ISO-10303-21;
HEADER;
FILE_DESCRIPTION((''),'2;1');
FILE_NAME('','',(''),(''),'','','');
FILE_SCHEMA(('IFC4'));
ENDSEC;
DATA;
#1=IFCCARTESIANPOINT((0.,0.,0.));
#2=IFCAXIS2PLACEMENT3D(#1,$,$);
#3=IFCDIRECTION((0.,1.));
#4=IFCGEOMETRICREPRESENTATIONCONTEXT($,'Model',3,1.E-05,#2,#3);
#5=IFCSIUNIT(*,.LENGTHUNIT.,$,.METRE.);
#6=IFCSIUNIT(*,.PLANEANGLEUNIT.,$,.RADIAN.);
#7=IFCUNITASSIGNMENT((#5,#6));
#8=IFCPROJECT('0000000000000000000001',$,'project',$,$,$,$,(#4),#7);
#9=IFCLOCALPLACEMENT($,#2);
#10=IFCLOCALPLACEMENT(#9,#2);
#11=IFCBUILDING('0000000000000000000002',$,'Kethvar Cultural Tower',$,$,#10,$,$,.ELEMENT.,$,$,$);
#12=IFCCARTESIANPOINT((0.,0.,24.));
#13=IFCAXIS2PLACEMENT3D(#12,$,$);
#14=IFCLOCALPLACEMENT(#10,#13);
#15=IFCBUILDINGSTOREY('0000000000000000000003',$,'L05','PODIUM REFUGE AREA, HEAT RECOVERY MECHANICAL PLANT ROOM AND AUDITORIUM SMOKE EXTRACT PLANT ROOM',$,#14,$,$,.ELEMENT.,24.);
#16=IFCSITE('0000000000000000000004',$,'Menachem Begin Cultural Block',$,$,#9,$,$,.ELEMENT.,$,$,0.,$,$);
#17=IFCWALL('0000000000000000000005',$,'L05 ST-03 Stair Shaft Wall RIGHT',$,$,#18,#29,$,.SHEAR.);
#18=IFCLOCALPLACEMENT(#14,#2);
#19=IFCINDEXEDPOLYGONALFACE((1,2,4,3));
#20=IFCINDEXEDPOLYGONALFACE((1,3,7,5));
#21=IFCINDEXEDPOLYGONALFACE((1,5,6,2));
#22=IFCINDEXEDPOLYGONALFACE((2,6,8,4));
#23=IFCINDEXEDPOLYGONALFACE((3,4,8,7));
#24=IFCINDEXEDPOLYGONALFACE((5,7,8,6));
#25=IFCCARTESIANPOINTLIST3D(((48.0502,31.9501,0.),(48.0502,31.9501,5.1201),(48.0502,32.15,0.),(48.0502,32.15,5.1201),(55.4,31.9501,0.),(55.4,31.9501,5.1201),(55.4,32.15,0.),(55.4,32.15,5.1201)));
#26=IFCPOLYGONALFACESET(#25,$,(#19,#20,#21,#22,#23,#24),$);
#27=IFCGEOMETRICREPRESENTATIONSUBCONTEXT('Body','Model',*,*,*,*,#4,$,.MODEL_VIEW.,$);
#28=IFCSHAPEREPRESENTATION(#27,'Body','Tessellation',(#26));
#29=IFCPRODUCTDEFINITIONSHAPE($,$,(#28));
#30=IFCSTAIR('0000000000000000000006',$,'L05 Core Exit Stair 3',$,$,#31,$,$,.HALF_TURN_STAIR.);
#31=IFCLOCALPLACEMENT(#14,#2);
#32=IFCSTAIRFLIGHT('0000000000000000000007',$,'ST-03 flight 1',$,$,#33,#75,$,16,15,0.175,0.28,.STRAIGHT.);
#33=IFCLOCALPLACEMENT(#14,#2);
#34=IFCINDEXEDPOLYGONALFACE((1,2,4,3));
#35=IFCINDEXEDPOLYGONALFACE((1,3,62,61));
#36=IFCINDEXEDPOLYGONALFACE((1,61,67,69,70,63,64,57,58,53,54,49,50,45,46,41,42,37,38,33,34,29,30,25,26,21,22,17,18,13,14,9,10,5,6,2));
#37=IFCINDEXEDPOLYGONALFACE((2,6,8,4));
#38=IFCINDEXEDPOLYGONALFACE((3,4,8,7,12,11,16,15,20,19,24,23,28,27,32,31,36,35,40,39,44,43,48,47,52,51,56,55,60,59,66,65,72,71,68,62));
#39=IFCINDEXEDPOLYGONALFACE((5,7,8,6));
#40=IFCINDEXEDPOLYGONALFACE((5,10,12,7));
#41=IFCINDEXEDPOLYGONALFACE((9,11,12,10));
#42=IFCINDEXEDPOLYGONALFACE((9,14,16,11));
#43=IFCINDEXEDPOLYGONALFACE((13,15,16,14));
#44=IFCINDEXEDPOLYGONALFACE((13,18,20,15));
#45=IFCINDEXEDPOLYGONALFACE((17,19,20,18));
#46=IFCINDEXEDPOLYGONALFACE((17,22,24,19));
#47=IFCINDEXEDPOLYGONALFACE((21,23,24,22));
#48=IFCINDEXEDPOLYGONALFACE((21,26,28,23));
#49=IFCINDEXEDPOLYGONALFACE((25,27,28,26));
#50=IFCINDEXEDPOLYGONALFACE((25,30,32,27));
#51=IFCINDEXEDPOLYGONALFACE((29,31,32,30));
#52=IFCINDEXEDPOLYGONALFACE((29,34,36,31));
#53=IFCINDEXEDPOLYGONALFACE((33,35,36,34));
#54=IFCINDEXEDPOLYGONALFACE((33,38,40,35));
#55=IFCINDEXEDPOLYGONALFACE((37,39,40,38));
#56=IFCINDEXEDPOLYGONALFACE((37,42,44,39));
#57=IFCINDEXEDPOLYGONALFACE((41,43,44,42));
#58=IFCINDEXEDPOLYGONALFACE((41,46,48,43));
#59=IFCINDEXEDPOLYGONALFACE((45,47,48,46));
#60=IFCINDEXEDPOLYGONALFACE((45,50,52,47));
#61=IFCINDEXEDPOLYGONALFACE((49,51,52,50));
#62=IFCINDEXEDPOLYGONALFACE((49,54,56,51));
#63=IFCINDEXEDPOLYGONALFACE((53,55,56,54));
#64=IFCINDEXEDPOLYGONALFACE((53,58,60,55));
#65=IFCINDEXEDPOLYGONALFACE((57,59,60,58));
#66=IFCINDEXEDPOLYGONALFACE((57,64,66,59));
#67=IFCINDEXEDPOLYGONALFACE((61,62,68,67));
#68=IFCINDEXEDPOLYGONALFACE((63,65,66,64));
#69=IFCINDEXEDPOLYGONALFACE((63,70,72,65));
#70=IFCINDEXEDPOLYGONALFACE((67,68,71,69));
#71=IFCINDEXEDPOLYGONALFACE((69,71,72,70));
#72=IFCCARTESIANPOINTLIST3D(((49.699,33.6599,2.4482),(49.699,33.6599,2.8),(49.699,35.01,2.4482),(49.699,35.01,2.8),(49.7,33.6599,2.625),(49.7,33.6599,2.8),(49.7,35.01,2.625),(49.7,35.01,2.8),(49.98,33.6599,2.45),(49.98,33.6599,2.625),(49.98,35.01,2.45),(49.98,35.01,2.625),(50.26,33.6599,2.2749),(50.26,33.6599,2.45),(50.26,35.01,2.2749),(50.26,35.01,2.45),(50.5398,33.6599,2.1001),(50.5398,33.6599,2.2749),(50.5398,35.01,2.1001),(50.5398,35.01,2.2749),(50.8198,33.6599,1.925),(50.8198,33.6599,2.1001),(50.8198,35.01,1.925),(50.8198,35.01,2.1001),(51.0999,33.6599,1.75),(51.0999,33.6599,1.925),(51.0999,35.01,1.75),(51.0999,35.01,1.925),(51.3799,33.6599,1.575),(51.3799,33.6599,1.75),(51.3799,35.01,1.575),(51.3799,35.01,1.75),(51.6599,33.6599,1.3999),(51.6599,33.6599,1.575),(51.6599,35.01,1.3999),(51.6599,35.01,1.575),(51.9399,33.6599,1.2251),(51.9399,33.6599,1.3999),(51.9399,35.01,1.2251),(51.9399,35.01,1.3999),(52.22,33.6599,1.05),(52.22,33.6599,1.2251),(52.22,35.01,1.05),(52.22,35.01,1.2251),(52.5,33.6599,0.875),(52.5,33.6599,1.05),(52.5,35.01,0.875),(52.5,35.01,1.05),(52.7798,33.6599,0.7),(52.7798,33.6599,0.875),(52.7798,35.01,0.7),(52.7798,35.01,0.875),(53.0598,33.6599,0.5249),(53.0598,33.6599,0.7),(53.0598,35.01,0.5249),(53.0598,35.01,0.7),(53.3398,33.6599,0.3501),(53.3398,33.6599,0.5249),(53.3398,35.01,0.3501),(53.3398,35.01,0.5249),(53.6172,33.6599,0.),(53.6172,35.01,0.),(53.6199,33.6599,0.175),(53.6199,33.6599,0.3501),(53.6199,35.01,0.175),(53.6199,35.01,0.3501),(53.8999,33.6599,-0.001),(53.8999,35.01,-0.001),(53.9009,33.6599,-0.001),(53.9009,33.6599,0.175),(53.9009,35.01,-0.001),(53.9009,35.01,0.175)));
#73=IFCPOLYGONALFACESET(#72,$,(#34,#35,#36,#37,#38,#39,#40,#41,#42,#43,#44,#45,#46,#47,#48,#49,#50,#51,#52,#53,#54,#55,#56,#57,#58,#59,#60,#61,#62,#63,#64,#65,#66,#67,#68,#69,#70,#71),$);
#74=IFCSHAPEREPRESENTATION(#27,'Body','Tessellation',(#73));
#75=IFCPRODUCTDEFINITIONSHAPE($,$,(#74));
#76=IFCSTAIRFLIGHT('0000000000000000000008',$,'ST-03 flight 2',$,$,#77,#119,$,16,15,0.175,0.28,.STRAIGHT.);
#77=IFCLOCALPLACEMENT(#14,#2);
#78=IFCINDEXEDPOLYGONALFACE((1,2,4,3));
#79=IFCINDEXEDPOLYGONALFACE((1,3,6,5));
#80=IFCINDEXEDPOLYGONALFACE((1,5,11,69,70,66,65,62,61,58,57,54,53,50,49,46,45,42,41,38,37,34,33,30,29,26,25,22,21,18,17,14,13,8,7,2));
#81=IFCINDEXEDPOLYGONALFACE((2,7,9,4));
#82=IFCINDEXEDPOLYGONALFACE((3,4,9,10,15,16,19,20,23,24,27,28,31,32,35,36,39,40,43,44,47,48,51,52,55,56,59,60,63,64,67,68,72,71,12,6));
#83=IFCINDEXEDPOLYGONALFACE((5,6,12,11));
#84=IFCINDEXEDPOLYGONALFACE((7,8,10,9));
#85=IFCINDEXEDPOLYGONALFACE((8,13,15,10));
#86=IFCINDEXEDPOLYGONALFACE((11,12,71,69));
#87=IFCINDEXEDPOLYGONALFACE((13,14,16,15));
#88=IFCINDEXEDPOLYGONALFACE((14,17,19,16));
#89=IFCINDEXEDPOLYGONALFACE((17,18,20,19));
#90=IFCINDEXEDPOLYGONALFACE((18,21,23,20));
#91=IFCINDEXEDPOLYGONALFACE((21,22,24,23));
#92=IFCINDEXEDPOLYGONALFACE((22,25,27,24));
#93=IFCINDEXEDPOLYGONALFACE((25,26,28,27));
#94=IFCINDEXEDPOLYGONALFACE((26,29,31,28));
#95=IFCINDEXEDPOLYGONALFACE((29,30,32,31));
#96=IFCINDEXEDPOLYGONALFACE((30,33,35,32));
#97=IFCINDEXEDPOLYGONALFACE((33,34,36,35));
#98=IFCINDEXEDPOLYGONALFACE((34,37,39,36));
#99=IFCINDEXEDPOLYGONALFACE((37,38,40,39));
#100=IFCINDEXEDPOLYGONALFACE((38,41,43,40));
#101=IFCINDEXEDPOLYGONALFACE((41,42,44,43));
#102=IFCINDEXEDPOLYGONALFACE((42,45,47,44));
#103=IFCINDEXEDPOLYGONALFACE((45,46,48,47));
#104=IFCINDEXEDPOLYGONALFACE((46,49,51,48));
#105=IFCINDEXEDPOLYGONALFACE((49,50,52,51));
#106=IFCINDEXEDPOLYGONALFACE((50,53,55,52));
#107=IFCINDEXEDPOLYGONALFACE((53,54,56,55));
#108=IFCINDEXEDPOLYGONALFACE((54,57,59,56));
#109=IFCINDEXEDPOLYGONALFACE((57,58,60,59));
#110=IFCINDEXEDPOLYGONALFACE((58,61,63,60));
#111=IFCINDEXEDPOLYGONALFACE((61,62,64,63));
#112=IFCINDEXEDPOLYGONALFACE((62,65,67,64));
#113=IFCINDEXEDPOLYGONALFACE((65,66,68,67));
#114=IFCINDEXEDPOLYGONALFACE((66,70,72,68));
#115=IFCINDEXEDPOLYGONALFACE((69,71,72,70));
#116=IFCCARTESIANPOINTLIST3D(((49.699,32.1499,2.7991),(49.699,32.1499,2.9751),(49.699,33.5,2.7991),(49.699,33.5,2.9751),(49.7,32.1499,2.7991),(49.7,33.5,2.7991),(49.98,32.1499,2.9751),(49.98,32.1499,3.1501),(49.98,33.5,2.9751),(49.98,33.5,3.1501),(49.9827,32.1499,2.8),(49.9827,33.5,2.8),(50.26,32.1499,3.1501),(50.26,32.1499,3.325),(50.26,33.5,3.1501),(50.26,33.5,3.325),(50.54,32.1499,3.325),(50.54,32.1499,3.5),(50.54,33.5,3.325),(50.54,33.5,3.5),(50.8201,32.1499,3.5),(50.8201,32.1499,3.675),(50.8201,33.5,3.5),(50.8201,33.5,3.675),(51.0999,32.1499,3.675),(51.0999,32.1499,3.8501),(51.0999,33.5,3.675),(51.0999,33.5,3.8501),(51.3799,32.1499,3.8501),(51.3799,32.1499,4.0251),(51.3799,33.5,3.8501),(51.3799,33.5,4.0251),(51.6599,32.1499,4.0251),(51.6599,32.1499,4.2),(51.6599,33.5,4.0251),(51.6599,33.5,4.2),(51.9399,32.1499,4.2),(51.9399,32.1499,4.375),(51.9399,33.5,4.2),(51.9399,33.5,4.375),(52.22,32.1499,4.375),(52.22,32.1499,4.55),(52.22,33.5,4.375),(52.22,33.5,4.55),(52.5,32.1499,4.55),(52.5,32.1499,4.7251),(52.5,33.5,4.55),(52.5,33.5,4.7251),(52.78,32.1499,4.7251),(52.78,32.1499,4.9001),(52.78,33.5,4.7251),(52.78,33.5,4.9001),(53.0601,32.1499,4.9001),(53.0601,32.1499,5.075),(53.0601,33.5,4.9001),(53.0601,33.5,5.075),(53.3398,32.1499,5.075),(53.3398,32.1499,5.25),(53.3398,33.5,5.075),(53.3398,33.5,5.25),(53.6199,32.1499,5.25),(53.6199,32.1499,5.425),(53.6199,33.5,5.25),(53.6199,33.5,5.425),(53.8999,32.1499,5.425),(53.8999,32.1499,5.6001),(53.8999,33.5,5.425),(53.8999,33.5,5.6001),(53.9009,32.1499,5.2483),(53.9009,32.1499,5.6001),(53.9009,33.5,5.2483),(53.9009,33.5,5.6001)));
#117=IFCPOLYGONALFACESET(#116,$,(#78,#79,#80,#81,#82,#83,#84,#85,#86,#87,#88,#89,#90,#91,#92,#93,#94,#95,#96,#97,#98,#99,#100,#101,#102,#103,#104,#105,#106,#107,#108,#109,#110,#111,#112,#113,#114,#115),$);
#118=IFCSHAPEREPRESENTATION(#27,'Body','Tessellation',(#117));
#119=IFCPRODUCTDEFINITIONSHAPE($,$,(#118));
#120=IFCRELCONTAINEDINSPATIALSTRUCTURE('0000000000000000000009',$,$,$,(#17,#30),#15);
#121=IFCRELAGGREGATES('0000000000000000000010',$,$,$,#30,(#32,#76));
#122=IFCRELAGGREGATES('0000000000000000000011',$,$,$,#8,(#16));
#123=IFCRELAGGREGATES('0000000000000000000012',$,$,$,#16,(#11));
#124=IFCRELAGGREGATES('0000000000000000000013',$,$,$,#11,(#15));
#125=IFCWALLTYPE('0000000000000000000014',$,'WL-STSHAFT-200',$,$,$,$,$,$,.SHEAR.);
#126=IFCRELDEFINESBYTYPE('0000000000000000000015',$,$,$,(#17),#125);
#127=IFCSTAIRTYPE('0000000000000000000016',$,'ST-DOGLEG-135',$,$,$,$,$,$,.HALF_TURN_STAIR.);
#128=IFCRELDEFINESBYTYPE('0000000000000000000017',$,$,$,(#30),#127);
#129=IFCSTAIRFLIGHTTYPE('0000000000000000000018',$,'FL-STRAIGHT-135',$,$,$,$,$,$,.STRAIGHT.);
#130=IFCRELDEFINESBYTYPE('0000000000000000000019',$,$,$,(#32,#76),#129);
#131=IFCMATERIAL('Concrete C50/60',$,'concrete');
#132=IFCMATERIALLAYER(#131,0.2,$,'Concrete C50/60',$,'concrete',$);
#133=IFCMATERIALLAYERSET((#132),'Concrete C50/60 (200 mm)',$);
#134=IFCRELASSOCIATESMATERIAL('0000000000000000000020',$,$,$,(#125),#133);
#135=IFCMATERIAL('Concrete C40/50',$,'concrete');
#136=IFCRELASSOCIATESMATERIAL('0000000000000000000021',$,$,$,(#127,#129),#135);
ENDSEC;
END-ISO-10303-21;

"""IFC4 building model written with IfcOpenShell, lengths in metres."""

from ifc_helpers import new_model, si_unit, direction, frame, frame_2d, origin, place, context, subcontext, project, spatial, polyline, rectangle, outline, extrude, material, layer, layer_set, type_object, element, aggregate, save


model = new_model("IFC4")

# Units and contexts
model_context = context("Model", 3, precision=1e-05, world=origin(), true_north=direction((0.0, 1.0)))
body_context = subcontext(model_context, "Body", "Model", "MODEL_VIEW")
ifc_project = project(units=[si_unit("LENGTHUNIT", "METRE"), si_unit("PLANEANGLEUNIT", "RADIAN")], contexts=[model_context])

# Site, building, storey
site_placement = place(None, origin())
site = spatial("IfcSite", under=ifc_project, at=site_placement, Name="Menachem Begin Cultural Block", CompositionType="ELEMENT", RefElevation=0.0)
building_placement = place(site_placement, origin())
building = spatial("IfcBuilding", under=site, at=building_placement, Name="Kethvar Cultural Tower", CompositionType="ELEMENT")
storey_placement = place(building_placement, frame((0.0, 0.0, 24.0)))
storey = spatial("IfcBuildingStorey", under=building, at=storey_placement, Name="L05", Description="PODIUM REFUGE AREA, HEAT RECOVERY MECHANICAL PLANT ROOM AND AUDITORIUM SMOKE EXTRACT PLANT ROOM", CompositionType="ELEMENT", Elevation=24.0)

# Wall
ifc_material_1 = material(Name="Concrete C40/50", Category="concrete")
ifc_material_2 = material(Name="Concrete C50/60", Category="concrete")
ifc_layer_1 = layer(ifc_material_2, 0.2, Name="Concrete C50/60", Category="concrete")
ifc_layer_set_1 = layer_set([ifc_layer_1], Name="Concrete C50/60 (200 mm)")
wall_type_1 = type_object("IfcWallType", Name="WL-STSHAFT-200", PredefinedType="SHEAR", material=ifc_layer_set_1)
wall_1_placement = place(storey_placement, frame((55.3999, 32.05, 0.0), z_axis=(0.0, 0.0, 1.0), x_axis=(-1.0, 0.0, 0.0)))
element("IfcWall", 1, at=wall_1_placement, inside=storey, type_object=wall_type_1, Name="L05 ST-03 Stair Shaft Wall RIGHT", PredefinedType="SHEAR", context=body_context, shape_type="SweptSolid", body=[
    extrude(rectangle(XDim=7.3499, YDim=0.2, at=frame_2d((3.6748, 0.0))), origin(), (0.0, 0.0, 1.0), 5.1201),
])

# Stair, stair flights
stair_type = type_object("IfcStairType", Name="ST-DOGLEG-135", PredefinedType="HALF_TURN_STAIR", material=ifc_material_1)
stair_placement = place(storey_placement, origin())
stair = element("IfcStair", 2, at=stair_placement, inside=storey, type_object=stair_type, Name="L05 Core Exit Stair 3", PredefinedType="HALF_TURN_STAIR")
stair_flight_type = type_object("IfcStairFlightType", Name="FL-STRAIGHT-135", PredefinedType="STRAIGHT", material=ifc_material_1)
stair_flight_1_placement = place(storey_placement, frame((53.8999, 34.335, 0.0), z_axis=(0.0, 0.0, 1.0), x_axis=(-1.0, 0.0, 0.0)))
stair_flight_1 = element("IfcStairFlight", 3, at=stair_flight_1_placement, type_object=stair_flight_type, Name="ST-03 flight 1", NumberOfRisers=16, NumberOfTreads=15, PredefinedType="STRAIGHT", RiserHeight=0.175, TreadLength=0.28, context=body_context, shape_type="SweptSolid", body=[
    extrude(outline(polyline([(-0.001, -0.001), (-0.001, 0.175), (0.28, 0.175), (0.28, 0.3501), (0.5601, 0.3501), (0.5601, 0.5249), (0.8401, 0.5249), (0.8401, 0.7), (1.1201, 0.7), (1.1201, 0.875), (1.3999, 0.875), (1.3999, 1.05), (1.6799, 1.05), (1.6799, 1.2251), (1.96, 1.2251), (1.96, 1.3999), (2.24, 1.3999), (2.24, 1.575), (2.52, 1.575), (2.52, 1.75), (2.8, 1.75), (2.8, 1.925), (3.0801, 1.925), (3.0801, 2.1001), (3.3601, 2.1001), (3.3601, 2.2749), (3.6399, 2.2749), (3.6399, 2.45), (3.9199, 2.45), (3.9199, 2.625), (4.2, 2.625), (4.2, 2.8), (4.2009, 2.8), (4.2009, 2.4482), (0.2827, 0.0), (0.0, -0.001), (-0.001, -0.001)])), frame((0.0, 0.675, 0.0), z_axis=(0.0, -1.0, 0.0), x_axis=(1.0, 0.0, 0.0)), (0.0, 0.0, 1.0), 1.3501),
])
stair_flight_2_placement = place(storey_placement, frame((49.7, 32.825, 2.8), z_axis=(0.0, 0.0, 1.0), x_axis=(1.0, 0.0, 0.0)))
stair_flight_2 = element("IfcStairFlight", 4, at=stair_flight_2_placement, type_object=stair_flight_type, Name="ST-03 flight 2", NumberOfRisers=16, NumberOfTreads=15, PredefinedType="STRAIGHT", RiserHeight=0.175, TreadLength=0.28, context=body_context, shape_type="SweptSolid", body=[
    extrude(outline(polyline([(-0.001, -0.001), (-0.001, 0.175), (0.28, 0.175), (0.28, 0.3501), (0.5601, 0.3501), (0.5601, 0.5249), (0.8401, 0.5249), (0.8401, 0.7), (1.1201, 0.7), (1.1201, 0.875), (1.3999, 0.875), (1.3999, 1.05), (1.6799, 1.05), (1.6799, 1.2251), (1.96, 1.2251), (1.96, 1.3999), (2.24, 1.3999), (2.24, 1.575), (2.52, 1.575), (2.52, 1.75), (2.8, 1.75), (2.8, 1.925), (3.0801, 1.925), (3.0801, 2.1001), (3.3601, 2.1001), (3.3601, 2.2749), (3.6399, 2.2749), (3.6399, 2.45), (3.9199, 2.45), (3.9199, 2.625), (4.2, 2.625), (4.2, 2.8), (4.2009, 2.8), (4.2009, 2.4482), (0.2827, 0.0), (0.0, -0.001), (-0.001, -0.001)])), frame((0.0, 0.675, 0.0), z_axis=(0.0, -1.0, 0.0), x_axis=(1.0, 0.0, 0.0)), (0.0, 0.0, 1.0), 1.3501),
])
aggregate(stair, [stair_flight_1, stair_flight_2])

save(model, "model.ifc")
